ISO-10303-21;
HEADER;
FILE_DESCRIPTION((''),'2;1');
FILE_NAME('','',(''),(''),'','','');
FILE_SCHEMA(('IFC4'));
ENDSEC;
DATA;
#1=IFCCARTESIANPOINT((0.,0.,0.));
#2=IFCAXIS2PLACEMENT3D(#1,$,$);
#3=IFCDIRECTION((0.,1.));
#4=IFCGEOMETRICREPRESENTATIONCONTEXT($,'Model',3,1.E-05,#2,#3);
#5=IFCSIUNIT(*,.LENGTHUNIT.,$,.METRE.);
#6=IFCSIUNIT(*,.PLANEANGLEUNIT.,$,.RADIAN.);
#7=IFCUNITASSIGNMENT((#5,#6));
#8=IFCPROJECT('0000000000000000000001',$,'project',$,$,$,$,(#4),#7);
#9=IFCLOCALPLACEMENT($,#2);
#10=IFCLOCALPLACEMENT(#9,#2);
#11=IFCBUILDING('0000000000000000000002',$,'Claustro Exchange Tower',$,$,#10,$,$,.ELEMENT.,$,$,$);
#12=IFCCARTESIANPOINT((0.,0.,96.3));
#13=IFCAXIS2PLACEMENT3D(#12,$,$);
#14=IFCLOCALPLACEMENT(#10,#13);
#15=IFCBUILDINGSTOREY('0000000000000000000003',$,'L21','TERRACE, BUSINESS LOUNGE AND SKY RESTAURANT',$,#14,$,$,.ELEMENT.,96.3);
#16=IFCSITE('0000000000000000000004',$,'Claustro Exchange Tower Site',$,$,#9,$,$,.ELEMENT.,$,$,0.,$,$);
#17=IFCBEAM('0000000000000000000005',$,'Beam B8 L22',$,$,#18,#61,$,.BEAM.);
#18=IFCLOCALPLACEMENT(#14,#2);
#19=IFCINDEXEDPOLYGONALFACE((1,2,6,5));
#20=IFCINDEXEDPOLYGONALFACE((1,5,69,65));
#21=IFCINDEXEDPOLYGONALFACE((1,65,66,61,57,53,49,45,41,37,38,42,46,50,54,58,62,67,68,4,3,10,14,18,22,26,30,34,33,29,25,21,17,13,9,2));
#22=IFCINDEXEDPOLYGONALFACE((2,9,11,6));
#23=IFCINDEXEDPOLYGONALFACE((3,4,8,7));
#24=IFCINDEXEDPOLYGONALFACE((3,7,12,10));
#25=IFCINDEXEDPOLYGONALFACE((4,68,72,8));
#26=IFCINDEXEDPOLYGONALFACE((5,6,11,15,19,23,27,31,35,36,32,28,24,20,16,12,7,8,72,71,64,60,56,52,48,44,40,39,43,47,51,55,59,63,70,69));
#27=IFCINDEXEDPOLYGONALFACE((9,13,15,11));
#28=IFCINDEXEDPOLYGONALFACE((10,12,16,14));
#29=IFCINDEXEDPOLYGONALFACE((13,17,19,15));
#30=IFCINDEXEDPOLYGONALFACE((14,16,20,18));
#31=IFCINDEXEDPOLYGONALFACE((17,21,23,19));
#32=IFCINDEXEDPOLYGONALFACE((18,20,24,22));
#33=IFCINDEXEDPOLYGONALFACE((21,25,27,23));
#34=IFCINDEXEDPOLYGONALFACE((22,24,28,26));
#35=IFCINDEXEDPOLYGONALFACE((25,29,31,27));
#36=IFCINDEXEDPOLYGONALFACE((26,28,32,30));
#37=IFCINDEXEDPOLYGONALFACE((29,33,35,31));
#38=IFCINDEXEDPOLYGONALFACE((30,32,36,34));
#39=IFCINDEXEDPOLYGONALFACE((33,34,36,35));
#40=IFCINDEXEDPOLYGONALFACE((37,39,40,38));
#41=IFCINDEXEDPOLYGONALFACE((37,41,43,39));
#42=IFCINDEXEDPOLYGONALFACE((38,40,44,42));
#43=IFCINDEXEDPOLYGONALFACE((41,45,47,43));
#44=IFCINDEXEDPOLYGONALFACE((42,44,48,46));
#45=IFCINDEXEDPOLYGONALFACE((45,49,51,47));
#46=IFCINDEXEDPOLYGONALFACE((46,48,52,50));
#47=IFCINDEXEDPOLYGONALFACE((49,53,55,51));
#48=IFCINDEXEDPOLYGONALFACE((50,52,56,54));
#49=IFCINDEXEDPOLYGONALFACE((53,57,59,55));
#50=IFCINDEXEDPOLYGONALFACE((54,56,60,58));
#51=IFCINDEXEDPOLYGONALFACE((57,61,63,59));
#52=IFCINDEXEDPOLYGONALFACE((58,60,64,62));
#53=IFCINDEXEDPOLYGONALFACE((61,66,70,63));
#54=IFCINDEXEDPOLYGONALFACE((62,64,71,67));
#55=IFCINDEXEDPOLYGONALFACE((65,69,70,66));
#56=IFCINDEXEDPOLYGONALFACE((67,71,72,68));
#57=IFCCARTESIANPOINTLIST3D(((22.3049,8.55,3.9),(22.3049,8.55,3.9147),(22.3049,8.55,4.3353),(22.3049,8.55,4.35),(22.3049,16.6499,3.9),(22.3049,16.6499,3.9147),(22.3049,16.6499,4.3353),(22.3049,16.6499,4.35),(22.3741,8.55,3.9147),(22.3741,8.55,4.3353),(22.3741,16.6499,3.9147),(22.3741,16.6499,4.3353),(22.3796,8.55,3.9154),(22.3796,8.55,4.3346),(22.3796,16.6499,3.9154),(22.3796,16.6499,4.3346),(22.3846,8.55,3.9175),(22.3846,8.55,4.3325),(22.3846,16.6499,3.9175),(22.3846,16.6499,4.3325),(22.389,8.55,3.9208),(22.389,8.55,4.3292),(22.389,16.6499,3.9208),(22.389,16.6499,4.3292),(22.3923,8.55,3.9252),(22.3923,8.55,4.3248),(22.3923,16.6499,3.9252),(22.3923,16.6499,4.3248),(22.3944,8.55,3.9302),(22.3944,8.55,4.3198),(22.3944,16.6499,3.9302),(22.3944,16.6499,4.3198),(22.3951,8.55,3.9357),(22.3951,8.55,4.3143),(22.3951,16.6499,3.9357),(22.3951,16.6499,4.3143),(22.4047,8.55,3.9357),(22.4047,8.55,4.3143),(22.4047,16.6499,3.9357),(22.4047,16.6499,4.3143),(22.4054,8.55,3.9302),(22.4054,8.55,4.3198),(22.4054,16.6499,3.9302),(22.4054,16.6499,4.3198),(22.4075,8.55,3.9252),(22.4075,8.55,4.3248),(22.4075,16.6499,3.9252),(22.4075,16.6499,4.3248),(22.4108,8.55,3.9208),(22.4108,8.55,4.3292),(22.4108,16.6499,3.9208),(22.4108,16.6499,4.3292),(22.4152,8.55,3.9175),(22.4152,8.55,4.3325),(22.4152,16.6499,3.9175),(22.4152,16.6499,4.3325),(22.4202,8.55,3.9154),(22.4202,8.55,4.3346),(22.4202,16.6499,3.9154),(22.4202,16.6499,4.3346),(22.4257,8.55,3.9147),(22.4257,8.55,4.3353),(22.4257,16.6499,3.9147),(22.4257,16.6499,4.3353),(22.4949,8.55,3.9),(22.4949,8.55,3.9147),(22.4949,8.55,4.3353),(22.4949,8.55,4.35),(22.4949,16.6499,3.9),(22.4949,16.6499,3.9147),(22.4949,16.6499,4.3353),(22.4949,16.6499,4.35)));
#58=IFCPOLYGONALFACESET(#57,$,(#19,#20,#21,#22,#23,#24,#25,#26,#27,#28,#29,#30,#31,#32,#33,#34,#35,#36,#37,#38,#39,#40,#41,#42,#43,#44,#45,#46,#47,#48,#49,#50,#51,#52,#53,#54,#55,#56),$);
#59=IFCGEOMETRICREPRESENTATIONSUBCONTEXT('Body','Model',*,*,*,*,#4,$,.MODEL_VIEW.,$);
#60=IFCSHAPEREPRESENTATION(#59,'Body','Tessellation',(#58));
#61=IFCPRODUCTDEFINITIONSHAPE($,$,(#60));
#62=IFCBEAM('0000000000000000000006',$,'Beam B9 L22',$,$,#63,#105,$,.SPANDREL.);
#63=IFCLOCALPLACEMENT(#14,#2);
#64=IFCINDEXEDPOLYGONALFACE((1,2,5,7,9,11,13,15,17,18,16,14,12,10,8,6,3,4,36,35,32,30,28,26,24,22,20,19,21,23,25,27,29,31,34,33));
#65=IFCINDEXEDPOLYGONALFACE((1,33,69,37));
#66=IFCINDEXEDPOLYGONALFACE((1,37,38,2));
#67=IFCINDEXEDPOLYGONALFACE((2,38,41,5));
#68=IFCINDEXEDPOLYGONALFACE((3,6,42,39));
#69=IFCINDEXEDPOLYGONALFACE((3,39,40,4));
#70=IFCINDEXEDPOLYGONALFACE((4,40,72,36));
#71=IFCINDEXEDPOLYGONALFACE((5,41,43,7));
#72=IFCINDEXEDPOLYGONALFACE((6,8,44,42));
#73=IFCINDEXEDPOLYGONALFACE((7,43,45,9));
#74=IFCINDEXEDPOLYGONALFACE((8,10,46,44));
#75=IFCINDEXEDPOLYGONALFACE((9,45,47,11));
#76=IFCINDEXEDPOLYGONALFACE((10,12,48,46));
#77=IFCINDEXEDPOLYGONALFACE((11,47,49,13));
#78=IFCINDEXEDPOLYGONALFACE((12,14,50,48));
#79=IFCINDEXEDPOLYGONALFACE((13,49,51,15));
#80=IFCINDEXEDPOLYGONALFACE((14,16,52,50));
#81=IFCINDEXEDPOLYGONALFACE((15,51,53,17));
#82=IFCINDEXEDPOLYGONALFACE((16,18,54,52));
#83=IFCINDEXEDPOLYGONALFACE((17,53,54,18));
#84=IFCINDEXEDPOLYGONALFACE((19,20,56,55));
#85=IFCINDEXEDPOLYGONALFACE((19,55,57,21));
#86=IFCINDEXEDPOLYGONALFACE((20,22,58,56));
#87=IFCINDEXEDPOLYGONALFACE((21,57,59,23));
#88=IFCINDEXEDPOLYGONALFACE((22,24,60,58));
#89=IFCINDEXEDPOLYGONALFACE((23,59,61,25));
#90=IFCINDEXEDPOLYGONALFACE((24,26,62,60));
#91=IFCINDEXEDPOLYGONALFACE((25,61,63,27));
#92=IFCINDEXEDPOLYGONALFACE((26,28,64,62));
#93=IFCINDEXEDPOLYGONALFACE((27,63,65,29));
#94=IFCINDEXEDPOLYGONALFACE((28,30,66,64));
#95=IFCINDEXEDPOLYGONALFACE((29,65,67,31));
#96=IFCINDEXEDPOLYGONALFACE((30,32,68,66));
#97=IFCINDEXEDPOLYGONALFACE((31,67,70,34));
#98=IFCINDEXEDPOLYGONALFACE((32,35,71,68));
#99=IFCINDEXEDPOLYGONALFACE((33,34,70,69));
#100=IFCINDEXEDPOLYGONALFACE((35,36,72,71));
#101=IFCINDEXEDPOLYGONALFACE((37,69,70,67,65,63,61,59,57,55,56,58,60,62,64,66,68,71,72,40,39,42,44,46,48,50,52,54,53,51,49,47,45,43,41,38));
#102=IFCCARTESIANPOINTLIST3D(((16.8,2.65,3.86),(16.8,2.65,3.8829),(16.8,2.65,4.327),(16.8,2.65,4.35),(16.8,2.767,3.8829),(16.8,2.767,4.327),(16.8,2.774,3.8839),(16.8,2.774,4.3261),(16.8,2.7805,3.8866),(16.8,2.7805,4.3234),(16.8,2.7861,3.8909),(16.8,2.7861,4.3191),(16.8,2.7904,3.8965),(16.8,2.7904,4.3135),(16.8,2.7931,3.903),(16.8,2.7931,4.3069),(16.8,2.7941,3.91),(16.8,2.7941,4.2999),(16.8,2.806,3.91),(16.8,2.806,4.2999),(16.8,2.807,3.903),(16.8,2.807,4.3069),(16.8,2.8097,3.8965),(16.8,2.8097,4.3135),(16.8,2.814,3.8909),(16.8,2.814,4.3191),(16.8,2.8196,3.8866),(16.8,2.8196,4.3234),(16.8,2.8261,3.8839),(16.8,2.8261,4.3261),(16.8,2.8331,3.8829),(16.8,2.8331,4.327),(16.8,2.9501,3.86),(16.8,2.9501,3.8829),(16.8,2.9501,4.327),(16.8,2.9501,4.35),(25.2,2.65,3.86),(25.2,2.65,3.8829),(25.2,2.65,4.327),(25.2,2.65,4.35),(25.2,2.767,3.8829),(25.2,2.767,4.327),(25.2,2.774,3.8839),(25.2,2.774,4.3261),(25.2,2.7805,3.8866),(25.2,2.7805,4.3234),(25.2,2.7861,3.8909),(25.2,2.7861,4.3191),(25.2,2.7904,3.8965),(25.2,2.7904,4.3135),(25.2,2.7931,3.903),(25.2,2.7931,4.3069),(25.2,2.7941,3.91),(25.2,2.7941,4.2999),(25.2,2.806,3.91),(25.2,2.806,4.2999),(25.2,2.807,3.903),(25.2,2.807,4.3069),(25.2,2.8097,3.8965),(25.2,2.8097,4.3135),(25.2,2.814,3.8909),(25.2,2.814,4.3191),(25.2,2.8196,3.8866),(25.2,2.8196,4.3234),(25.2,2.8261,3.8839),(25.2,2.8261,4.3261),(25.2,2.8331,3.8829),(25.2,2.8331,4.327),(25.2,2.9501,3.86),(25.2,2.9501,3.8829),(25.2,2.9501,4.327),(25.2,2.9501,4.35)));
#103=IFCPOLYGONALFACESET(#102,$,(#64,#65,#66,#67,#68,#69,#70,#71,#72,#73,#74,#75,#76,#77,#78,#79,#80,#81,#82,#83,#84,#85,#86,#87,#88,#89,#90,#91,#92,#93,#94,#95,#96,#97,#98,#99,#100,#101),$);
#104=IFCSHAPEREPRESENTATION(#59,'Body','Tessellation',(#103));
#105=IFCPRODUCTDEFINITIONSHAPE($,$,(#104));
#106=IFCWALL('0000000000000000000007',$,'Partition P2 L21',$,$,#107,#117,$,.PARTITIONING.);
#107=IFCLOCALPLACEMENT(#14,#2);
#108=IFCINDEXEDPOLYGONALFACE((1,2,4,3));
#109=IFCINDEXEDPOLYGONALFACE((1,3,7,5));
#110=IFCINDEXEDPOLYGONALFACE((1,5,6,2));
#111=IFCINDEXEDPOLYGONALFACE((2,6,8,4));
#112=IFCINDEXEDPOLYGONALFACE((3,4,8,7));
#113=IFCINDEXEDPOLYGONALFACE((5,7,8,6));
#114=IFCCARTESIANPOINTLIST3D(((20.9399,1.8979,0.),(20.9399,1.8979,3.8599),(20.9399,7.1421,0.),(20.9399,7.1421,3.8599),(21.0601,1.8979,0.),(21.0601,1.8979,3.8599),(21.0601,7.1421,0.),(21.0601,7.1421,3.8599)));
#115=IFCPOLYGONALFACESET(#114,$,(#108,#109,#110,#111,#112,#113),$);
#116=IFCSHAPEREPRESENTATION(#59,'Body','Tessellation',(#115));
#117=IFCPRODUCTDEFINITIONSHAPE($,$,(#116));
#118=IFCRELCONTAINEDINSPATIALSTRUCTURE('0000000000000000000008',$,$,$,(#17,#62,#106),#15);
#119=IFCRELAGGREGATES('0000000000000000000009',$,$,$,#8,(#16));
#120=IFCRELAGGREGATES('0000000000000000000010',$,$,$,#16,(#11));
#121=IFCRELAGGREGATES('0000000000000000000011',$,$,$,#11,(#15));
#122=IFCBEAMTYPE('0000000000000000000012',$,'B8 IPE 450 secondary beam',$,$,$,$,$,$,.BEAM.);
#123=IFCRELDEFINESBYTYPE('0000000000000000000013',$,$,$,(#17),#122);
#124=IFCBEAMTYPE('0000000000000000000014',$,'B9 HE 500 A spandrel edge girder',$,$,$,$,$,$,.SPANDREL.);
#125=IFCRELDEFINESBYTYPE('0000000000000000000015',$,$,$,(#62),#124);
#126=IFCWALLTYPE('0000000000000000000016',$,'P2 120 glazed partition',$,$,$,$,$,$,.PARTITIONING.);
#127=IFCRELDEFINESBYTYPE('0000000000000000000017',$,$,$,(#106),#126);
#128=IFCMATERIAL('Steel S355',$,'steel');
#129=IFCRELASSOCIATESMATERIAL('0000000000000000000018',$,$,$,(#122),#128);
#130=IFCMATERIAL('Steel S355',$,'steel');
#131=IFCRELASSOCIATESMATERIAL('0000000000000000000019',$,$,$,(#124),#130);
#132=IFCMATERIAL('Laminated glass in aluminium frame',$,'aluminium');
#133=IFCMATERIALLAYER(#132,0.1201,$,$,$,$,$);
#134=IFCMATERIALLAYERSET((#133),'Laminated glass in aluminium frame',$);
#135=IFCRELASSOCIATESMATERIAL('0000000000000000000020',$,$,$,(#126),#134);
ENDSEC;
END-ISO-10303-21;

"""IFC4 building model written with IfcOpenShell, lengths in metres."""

from ifc_helpers import new_model, si_unit, direction, frame, frame_2d, origin, origin_2d, place, context, subcontext, project, spatial, rectangle, i_section, extrude, material, layer, layer_set, material_profile, profile_set, type_object, element, save


model = new_model("IFC4")

# Units and contexts
model_context = context("Model", 3, precision=1e-05, world=origin(), true_north=direction((0.0, 1.0)))
body_context = subcontext(model_context, "Body", "Model", "MODEL_VIEW")
ifc_project = project(units=[si_unit("LENGTHUNIT", "METRE"), si_unit("PLANEANGLEUNIT", "RADIAN")], contexts=[model_context])

# Site, building, storey
site_placement = place(None, origin())
site = spatial("IfcSite", under=ifc_project, at=site_placement, Name="Claustro Exchange Tower Site", CompositionType="ELEMENT", RefElevation=0.0)
building_placement = place(site_placement, origin())
building = spatial("IfcBuilding", under=site, at=building_placement, Name="Claustro Exchange Tower", CompositionType="ELEMENT")
storey_placement = place(building_placement, frame((0.0, 0.0, 96.3)))
storey = spatial("IfcBuildingStorey", under=building, at=storey_placement, Name="L21", Description="TERRACE, BUSINESS LOUNGE AND SKY RESTAURANT", CompositionType="ELEMENT", Elevation=96.3)

# Beams
ifc_material_1 = material(Name="Steel S355", Category="steel")
ifc_material_profile_1 = material_profile(ifc_material_1, i_section(OverallWidth=0.1899, OverallDepth=0.45, WebThickness=0.0095, FlangeThickness=0.0146, FilletRadius=0.021, at=origin_2d()), Name="IPE 450")
ifc_profile_set_1 = profile_set([ifc_material_profile_1], Name="Steel S355")
beam_type_1 = type_object("IfcBeamType", Name="B8 IPE 450 secondary beam", PredefinedType="BEAM", material=ifc_profile_set_1)
for number, where, z_axis, x_axis, name in (
    (1, (22.3999, 8.55, 4.125), (0.0, 1.0, 0.0), (-1.0, 0.0, 0.0), "Beam B8 L22"),
):
    element("IfcBeam", number, at=place(storey_placement, frame(where, z_axis=z_axis, x_axis=x_axis)), inside=storey, type_object=beam_type_1, Name=name, PredefinedType="BEAM", context=body_context, shape_type="SweptSolid", body=[
        extrude(i_section(OverallWidth=0.1899, OverallDepth=0.45, WebThickness=0.0095, FlangeThickness=0.0146, FilletRadius=0.021, at=origin_2d()), origin(), (0.0, 0.0, 1.0), 8.0999),
    ])
ifc_material_2 = material(Name="Steel S355", Category="steel")
ifc_material_profile_2 = material_profile(ifc_material_2, i_section(OverallWidth=0.3, OverallDepth=0.49, WebThickness=0.012, FlangeThickness=0.0229, FilletRadius=0.0271, at=origin_2d()), Name="HE 500 A")
ifc_profile_set_2 = profile_set([ifc_material_profile_2], Name="Steel S355")
beam_type_2 = type_object("IfcBeamType", Name="B9 HE 500 A spandrel edge girder", PredefinedType="SPANDREL", material=ifc_profile_set_2)
beam_1_placement = place(storey_placement, frame((16.8, 2.8, 4.105), z_axis=(1.0, 0.0, 0.0), x_axis=(0.0, 1.0, 0.0)))
element("IfcBeam", 2, at=beam_1_placement, inside=storey, type_object=beam_type_2, Name="Beam B9 L22", PredefinedType="SPANDREL", context=body_context, shape_type="SweptSolid", body=[
    extrude(i_section(OverallWidth=0.3, OverallDepth=0.49, WebThickness=0.012, FlangeThickness=0.0229, FilletRadius=0.0271, at=origin_2d()), origin(), (0.0, 0.0, 1.0), 8.3999),
])

# Wall
ifc_material_3 = material(Name="Laminated glass in aluminium frame", Category="aluminium")
ifc_layer_1 = layer(ifc_material_3, 0.1201)
ifc_layer_set_1 = layer_set([ifc_layer_1], Name="Laminated glass in aluminium frame")
wall_type_1 = type_object("IfcWallType", Name="P2 120 glazed partition", PredefinedType="PARTITIONING", material=ifc_layer_set_1)
wall_1_placement = place(storey_placement, frame((21.0, 1.8979, 0.0), z_axis=(0.0, 0.0, 1.0), x_axis=(0.0, 1.0, 0.0)))
element("IfcWall", 3, at=wall_1_placement, inside=storey, type_object=wall_type_1, Name="Partition P2 L21", PredefinedType="PARTITIONING", context=body_context, shape_type="SweptSolid", body=[
    extrude(rectangle(XDim=5.2441, YDim=0.1201, at=frame_2d((2.6221, 0.0))), origin(), (0.0, 0.0, 1.0), 3.8599),
])

save(model, "model.ifc")
